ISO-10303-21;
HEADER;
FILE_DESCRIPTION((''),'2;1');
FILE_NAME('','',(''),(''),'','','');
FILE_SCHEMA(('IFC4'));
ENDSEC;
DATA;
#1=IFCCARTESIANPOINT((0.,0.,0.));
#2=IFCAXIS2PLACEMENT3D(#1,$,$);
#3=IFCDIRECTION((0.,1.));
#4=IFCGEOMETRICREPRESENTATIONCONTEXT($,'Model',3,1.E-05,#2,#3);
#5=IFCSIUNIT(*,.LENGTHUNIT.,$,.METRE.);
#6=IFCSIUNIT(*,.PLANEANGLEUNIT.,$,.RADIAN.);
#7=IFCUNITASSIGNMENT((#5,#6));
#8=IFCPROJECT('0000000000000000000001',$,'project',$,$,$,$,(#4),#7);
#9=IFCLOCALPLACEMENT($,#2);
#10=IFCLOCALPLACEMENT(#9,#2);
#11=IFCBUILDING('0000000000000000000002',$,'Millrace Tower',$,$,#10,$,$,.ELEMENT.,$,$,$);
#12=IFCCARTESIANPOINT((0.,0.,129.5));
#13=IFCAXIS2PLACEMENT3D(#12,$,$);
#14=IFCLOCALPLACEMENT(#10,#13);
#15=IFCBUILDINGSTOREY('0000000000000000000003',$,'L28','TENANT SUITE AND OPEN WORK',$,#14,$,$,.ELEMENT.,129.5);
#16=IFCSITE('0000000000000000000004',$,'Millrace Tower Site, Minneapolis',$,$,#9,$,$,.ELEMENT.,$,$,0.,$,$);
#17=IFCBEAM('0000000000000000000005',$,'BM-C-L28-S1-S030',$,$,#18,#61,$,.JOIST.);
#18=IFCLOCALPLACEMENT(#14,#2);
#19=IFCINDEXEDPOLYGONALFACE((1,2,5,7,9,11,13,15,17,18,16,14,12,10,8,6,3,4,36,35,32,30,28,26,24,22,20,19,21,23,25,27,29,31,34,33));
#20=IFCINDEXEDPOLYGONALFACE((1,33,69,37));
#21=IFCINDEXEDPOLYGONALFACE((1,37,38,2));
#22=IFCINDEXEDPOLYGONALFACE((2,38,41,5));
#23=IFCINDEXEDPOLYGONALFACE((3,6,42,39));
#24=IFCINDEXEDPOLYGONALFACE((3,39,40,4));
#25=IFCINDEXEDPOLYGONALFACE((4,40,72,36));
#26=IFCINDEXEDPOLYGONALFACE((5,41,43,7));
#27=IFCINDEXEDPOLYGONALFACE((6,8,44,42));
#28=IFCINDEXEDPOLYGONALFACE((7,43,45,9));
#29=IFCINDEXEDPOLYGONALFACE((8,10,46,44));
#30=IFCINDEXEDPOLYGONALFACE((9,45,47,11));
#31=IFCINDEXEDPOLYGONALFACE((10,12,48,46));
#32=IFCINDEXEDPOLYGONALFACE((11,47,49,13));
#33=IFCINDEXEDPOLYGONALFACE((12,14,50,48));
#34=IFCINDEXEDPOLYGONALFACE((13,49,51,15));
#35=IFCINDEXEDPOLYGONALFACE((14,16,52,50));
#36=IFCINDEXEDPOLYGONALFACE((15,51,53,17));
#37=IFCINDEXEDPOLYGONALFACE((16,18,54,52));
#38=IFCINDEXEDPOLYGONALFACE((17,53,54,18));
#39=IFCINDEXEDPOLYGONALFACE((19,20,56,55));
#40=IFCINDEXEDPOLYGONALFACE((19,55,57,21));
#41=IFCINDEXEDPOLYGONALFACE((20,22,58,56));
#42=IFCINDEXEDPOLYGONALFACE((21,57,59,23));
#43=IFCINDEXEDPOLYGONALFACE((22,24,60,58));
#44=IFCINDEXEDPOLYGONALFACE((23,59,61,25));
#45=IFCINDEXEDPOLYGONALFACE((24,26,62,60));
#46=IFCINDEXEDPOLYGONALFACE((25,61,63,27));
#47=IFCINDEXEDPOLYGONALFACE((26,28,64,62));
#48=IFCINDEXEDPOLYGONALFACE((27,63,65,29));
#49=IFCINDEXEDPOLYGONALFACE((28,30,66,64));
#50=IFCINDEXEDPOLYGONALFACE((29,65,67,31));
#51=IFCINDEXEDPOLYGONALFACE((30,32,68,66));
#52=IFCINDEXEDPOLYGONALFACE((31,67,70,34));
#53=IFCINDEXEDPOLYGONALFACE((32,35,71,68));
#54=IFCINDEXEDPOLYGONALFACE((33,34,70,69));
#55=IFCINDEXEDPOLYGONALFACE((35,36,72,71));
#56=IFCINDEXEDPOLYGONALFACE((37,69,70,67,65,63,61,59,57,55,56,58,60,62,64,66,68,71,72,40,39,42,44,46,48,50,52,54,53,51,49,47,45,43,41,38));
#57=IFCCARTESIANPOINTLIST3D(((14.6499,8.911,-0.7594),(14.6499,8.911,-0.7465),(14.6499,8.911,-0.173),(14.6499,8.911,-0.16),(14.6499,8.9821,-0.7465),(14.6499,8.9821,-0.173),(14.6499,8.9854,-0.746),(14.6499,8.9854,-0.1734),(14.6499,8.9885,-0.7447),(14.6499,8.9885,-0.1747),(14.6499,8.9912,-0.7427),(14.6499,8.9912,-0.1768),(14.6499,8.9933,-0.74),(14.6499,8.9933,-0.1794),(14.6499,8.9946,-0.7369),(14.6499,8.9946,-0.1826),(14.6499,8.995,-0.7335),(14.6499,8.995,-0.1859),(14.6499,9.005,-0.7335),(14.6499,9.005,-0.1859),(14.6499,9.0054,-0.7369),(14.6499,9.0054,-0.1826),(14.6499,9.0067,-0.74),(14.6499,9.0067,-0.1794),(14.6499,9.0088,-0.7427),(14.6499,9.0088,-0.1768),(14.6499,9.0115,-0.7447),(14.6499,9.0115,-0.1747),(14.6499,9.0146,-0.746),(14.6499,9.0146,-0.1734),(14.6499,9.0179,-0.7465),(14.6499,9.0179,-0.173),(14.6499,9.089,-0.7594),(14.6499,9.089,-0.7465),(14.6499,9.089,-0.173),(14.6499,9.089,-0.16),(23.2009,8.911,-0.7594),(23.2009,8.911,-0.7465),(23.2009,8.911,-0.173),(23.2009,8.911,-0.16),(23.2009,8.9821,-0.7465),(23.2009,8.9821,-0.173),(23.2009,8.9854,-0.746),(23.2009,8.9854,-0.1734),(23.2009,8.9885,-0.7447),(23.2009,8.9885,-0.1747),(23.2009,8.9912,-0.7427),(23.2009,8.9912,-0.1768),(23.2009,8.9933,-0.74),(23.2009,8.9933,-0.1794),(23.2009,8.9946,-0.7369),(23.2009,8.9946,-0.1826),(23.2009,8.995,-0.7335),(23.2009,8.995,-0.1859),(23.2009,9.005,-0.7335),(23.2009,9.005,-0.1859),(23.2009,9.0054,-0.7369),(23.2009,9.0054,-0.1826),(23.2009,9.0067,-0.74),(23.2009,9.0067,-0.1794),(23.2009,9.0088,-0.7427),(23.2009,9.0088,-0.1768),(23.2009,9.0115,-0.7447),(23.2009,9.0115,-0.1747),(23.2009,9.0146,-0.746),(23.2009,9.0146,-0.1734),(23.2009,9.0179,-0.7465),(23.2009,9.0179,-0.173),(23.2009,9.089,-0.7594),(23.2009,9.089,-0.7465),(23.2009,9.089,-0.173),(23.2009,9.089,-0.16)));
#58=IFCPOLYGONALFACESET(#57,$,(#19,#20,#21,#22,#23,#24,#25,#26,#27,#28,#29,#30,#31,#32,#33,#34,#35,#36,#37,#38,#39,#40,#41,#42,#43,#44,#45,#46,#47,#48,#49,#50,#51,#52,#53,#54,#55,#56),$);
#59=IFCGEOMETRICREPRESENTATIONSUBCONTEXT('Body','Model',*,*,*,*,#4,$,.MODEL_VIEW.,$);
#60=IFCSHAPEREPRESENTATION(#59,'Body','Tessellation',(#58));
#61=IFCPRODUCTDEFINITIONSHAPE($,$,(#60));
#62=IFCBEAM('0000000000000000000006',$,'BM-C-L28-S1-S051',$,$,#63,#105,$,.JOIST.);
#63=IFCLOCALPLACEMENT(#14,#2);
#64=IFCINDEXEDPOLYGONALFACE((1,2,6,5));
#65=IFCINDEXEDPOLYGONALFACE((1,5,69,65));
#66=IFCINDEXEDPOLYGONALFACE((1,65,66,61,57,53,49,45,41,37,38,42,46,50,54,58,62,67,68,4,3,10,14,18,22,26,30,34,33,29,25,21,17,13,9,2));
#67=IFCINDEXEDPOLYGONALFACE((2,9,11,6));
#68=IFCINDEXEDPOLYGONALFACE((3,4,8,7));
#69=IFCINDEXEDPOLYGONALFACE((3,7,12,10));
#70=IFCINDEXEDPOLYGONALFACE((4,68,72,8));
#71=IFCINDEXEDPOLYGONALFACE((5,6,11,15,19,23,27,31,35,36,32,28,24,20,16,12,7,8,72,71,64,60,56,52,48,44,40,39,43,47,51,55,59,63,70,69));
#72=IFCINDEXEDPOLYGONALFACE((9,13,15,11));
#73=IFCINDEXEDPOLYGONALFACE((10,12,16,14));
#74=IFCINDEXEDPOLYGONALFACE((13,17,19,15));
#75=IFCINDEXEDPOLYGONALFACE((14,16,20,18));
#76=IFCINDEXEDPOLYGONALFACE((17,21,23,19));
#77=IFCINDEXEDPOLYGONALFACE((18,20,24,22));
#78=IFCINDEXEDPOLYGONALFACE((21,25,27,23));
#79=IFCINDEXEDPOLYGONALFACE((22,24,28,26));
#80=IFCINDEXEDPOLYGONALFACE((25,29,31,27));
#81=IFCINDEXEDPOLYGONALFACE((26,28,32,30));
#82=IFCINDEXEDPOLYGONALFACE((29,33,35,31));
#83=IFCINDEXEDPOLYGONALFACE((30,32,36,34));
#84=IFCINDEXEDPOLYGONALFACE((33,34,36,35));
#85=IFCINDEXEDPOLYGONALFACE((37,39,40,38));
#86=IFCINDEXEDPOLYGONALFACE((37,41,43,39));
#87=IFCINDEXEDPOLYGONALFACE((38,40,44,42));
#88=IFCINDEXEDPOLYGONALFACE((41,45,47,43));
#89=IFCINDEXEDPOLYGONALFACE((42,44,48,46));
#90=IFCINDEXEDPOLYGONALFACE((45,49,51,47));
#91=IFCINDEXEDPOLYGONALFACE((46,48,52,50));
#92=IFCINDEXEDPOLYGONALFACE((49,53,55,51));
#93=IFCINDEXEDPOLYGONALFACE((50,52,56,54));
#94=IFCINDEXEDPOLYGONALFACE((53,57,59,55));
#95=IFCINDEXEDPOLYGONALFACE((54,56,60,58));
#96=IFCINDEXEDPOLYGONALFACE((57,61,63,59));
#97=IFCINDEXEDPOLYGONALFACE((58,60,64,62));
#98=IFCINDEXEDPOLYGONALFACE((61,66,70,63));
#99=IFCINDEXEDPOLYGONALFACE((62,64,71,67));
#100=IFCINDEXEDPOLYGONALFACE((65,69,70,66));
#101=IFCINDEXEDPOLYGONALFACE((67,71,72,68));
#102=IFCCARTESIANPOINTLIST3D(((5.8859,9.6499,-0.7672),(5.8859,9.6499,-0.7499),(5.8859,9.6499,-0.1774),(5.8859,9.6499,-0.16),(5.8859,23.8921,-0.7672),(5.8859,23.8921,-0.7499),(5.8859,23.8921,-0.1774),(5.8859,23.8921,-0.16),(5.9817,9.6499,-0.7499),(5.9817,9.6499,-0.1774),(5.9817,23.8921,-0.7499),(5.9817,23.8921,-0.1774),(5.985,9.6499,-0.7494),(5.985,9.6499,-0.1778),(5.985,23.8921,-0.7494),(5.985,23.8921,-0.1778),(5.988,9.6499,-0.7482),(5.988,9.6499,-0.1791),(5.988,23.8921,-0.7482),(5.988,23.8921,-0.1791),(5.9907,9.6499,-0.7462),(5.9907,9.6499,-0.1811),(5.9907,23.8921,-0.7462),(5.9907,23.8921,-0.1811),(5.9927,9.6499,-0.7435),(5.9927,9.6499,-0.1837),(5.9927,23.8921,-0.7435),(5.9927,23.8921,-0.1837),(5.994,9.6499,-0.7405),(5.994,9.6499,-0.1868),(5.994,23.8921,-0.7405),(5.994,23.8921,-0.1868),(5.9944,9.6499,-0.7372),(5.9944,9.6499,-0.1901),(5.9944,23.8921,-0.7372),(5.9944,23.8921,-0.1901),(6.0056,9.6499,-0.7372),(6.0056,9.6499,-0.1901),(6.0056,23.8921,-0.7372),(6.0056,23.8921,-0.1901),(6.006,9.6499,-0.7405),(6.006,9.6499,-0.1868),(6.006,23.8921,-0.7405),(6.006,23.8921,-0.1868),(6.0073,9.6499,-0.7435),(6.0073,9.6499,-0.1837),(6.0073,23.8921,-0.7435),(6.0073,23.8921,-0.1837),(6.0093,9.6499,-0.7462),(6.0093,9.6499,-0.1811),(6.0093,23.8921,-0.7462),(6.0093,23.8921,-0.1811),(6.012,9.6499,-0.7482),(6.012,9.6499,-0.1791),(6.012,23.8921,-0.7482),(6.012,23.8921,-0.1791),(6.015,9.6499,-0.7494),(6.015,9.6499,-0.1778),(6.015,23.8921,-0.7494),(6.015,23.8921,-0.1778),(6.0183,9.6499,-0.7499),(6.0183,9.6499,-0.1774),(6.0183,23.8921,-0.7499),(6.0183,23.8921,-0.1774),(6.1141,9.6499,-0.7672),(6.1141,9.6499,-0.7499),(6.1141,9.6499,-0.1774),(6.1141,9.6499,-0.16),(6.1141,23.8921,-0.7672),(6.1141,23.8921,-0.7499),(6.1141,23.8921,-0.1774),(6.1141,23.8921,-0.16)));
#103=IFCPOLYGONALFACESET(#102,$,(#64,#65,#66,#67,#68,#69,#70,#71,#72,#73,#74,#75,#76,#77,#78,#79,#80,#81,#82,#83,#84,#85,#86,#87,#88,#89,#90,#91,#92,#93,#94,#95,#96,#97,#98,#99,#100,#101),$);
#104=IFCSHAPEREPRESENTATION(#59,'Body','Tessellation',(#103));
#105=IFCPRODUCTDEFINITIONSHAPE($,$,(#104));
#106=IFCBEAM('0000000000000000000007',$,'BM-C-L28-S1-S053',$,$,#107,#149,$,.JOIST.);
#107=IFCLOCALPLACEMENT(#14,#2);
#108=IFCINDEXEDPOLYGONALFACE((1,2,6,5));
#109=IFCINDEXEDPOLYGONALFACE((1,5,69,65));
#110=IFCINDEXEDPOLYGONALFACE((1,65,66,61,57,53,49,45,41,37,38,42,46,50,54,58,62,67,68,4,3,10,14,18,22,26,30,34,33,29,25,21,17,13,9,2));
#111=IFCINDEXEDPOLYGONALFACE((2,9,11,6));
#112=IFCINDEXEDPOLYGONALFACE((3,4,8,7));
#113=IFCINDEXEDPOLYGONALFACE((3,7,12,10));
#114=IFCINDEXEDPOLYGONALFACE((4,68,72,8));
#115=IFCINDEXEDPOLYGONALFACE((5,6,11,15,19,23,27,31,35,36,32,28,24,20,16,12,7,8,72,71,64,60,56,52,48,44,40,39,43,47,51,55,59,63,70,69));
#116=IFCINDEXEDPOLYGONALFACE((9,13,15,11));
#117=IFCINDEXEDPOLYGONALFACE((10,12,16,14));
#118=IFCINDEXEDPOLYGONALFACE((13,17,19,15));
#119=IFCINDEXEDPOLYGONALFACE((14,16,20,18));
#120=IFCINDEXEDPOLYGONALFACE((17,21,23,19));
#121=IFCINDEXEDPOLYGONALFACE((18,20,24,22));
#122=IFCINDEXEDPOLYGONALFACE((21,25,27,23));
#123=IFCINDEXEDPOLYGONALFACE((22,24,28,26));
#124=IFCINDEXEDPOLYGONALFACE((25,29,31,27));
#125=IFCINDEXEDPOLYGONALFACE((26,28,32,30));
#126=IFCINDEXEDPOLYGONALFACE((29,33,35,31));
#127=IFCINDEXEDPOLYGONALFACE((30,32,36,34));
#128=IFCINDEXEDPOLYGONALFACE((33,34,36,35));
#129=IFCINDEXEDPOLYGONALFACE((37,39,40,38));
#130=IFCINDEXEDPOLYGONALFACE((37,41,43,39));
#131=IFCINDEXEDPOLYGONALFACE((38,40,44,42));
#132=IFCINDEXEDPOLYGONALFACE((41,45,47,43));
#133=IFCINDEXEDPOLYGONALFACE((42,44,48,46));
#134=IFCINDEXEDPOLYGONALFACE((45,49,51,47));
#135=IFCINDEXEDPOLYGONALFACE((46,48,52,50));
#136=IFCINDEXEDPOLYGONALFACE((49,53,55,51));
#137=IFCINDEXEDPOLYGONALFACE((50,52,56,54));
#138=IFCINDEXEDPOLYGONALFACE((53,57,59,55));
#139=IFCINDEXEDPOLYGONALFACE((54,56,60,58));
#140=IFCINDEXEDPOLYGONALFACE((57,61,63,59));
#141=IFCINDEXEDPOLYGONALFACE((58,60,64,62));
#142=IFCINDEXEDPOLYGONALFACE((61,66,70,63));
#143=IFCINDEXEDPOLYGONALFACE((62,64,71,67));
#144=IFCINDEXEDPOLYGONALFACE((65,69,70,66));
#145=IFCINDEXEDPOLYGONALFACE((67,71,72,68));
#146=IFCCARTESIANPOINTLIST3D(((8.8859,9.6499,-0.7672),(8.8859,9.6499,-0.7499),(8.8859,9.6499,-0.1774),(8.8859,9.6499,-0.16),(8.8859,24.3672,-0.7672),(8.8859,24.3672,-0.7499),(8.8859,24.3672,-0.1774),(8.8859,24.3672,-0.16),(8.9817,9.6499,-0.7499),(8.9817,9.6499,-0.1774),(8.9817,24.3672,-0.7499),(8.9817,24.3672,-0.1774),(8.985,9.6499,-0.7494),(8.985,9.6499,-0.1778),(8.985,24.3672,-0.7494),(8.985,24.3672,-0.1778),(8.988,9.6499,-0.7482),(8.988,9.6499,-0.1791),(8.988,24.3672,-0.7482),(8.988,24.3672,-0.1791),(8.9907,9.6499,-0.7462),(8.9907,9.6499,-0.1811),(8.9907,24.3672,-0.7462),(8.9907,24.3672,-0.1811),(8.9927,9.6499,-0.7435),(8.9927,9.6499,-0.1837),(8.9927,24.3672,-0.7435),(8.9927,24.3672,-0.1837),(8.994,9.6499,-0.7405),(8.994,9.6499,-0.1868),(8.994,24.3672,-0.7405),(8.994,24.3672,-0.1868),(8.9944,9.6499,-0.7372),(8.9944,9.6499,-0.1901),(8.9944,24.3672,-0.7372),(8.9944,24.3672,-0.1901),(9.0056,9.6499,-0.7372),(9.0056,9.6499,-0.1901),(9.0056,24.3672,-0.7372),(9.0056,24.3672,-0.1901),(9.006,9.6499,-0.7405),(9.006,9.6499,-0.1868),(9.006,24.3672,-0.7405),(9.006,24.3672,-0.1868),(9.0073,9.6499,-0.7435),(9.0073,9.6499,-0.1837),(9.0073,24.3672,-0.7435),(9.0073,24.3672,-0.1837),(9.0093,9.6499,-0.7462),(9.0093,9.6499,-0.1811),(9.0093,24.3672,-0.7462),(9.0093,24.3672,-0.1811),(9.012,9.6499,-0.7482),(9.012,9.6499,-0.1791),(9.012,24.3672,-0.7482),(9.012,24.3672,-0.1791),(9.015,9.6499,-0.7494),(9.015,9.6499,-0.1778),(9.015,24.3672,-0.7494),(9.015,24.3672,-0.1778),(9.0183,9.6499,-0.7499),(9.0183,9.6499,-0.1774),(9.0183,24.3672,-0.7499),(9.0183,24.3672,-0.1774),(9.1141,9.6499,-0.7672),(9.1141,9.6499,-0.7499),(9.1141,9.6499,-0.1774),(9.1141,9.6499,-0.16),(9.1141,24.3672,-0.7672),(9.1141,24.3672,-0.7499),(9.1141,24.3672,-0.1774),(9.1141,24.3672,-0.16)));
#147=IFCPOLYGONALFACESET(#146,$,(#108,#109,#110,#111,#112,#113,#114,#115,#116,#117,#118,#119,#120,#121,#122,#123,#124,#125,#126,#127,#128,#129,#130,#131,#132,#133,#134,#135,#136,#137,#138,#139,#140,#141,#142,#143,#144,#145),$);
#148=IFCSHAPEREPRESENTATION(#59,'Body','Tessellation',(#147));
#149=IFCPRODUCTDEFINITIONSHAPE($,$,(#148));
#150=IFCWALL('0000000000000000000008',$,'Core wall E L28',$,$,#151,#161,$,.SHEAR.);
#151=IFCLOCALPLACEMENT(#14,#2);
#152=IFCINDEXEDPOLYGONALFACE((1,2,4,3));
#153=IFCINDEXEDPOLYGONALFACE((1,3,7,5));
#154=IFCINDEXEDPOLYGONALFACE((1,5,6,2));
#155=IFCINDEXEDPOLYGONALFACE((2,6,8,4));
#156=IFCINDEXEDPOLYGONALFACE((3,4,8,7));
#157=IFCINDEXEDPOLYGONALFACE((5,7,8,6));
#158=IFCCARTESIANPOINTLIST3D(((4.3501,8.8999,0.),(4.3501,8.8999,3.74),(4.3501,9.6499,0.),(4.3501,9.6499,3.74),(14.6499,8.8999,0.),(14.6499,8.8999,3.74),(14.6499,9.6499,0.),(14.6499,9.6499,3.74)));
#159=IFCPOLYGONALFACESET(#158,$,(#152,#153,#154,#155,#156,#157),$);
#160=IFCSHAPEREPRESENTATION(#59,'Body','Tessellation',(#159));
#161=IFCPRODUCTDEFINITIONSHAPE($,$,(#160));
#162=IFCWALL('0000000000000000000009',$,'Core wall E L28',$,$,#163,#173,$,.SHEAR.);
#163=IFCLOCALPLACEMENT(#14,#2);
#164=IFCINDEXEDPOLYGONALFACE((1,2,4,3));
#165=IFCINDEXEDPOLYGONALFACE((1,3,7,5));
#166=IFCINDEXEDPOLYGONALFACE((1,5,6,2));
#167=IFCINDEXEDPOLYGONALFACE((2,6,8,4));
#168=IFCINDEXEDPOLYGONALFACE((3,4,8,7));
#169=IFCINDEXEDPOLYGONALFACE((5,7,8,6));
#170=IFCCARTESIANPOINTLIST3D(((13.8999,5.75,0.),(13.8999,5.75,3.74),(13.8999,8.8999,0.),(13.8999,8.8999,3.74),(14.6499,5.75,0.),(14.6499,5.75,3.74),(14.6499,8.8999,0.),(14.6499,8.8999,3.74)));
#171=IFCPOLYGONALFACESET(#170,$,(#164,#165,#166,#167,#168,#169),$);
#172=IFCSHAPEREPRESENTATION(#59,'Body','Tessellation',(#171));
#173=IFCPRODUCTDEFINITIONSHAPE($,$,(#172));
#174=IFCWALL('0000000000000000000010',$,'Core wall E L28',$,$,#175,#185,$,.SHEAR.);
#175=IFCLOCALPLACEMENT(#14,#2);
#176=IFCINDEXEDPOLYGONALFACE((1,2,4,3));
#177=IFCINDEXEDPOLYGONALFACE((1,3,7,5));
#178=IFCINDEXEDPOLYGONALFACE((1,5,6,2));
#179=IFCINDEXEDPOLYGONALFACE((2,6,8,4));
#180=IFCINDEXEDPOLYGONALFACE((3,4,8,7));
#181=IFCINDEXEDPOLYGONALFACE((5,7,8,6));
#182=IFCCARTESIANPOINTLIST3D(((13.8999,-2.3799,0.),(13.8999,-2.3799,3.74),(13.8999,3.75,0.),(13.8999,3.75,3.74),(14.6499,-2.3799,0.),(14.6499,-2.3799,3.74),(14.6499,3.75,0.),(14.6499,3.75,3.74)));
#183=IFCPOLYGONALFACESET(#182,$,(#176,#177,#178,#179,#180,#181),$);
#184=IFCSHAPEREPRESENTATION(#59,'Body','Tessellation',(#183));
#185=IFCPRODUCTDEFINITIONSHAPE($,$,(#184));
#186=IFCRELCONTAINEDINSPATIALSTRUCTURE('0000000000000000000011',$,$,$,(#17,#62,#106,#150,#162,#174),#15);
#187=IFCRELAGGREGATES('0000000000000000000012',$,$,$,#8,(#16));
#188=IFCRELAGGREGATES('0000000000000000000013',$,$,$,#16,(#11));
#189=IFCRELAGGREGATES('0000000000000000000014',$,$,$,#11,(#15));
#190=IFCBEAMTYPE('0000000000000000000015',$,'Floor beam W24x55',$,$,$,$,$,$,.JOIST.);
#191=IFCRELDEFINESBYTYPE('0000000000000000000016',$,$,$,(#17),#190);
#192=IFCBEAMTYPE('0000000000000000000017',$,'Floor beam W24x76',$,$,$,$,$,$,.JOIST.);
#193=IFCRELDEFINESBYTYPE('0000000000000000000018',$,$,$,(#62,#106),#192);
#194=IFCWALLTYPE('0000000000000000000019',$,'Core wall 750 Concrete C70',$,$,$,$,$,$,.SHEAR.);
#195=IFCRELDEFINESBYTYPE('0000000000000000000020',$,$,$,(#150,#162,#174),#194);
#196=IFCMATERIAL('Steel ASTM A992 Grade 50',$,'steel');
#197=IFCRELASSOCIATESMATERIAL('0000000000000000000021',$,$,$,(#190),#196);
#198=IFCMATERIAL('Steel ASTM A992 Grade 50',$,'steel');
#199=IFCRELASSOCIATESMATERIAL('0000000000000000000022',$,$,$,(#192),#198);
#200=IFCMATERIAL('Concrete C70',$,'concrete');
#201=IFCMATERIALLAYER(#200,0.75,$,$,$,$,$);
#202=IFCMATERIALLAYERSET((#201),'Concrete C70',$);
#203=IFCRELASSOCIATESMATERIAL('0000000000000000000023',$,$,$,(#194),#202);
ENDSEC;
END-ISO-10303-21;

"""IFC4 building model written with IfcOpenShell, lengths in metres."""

from ifc_helpers import new_model, si_unit, direction, frame, frame_2d, origin, origin_2d, place, context, subcontext, project, spatial, rectangle, i_section, extrude, material, layer, layer_set, material_profile, profile_set, type_object, element, save


model = new_model("IFC4")

# Units and contexts
model_context = context("Model", 3, precision=1e-05, world=origin(), true_north=direction((0.0, 1.0)))
body_context = subcontext(model_context, "Body", "Model", "MODEL_VIEW")
ifc_project = project(units=[si_unit("LENGTHUNIT", "METRE"), si_unit("PLANEANGLEUNIT", "RADIAN")], contexts=[model_context])

# Site, building, storey
site_placement = place(None, origin())
site = spatial("IfcSite", under=ifc_project, at=site_placement, Name="Millrace Tower Site, Minneapolis", CompositionType="ELEMENT", RefElevation=0.0)
building_placement = place(site_placement, origin())
building = spatial("IfcBuilding", under=site, at=building_placement, Name="Millrace Tower", CompositionType="ELEMENT")
storey_placement = place(building_placement, frame((0.0, 0.0, 129.5)))
storey = spatial("IfcBuildingStorey", under=building, at=storey_placement, Name="L28", Description="TENANT SUITE AND OPEN WORK", CompositionType="ELEMENT", Elevation=129.5)

# Beams
ifc_material_1 = material(Name="Steel ASTM A992 Grade 50", Category="steel")
ifc_material_profile_1 = material_profile(ifc_material_1, i_section(OverallWidth=0.178, OverallDepth=0.5994, WebThickness=0.01, FlangeThickness=0.0129, FilletRadius=0.0129, at=origin_2d()))
ifc_profile_set_1 = profile_set([ifc_material_profile_1], Name="Steel ASTM A992 Grade 50")
beam_type_1 = type_object("IfcBeamType", Name="Floor beam W24x55", PredefinedType="JOIST", material=ifc_profile_set_1)
beam_1_placement = place(storey_placement, frame((14.6499, 9.0, -0.4597), z_axis=(1.0, 0.0, 0.0), x_axis=(0.0, 1.0, 0.0)))
element("IfcBeam", 1, at=beam_1_placement, inside=storey, type_object=beam_type_1, Name="BM-C-L28-S1-S030", PredefinedType="JOIST", context=body_context, shape_type="SweptSolid", body=[
    extrude(i_section(OverallWidth=0.178, OverallDepth=0.5994, WebThickness=0.01, FlangeThickness=0.0129, FilletRadius=0.0129, at=origin_2d()), origin(), (0.0, 0.0, 1.0), 8.551),
])
ifc_material_2 = material(Name="Steel ASTM A992 Grade 50", Category="steel")
ifc_material_profile_2 = material_profile(ifc_material_2, i_section(OverallWidth=0.2283, OverallDepth=0.6072, WebThickness=0.0112, FlangeThickness=0.0173, FilletRadius=0.0127, at=origin_2d()))
ifc_profile_set_2 = profile_set([ifc_material_profile_2], Name="Steel ASTM A992 Grade 50")
beam_type_2 = type_object("IfcBeamType", Name="Floor beam W24x76", PredefinedType="JOIST", material=ifc_profile_set_2)
beam_2_placement = place(storey_placement, frame((6.0, 9.6499, -0.4636), z_axis=(0.0, 1.0, 0.0), x_axis=(-1.0, 0.0, 0.0)))
element("IfcBeam", 2, at=beam_2_placement, inside=storey, type_object=beam_type_2, Name="BM-C-L28-S1-S051", PredefinedType="JOIST", context=body_context, shape_type="SweptSolid", body=[
    extrude(i_section(OverallWidth=0.2283, OverallDepth=0.6072, WebThickness=0.0112, FlangeThickness=0.0173, FilletRadius=0.0127, at=origin_2d()), origin(), (0.0, 0.0, 1.0), 14.2422),
])
beam_3_placement = place(storey_placement, frame((9.0, 9.6499, -0.4636), z_axis=(0.0, 1.0, 0.0), x_axis=(-1.0, 0.0, 0.0)))
element("IfcBeam", 3, at=beam_3_placement, inside=storey, type_object=beam_type_2, Name="BM-C-L28-S1-S053", PredefinedType="JOIST", context=body_context, shape_type="SweptSolid", body=[
    extrude(i_section(OverallWidth=0.2283, OverallDepth=0.6072, WebThickness=0.0112, FlangeThickness=0.0173, FilletRadius=0.0127, at=origin_2d()), origin(), (0.0, 0.0, 1.0), 14.7173),
])

# Walls
ifc_material_3 = material(Name="Concrete C70", Category="concrete")
ifc_layer_1 = layer(ifc_material_3, 0.75)
ifc_layer_set_1 = layer_set([ifc_layer_1], Name="Concrete C70")
wall_type_1 = type_object("IfcWallType", Name="Core wall 750 Concrete C70", PredefinedType="SHEAR", material=ifc_layer_set_1)
wall_1_placement = place(storey_placement, frame((14.6499, 9.2749, 0.0), z_axis=(0.0, 0.0, 1.0), x_axis=(-1.0, 0.0, 0.0)))
element("IfcWall", 4, at=wall_1_placement, inside=storey, type_object=wall_type_1, Name="Core wall E L28", PredefinedType="SHEAR", context=body_context, shape_type="SweptSolid", body=[
    extrude(rectangle(XDim=10.2998, YDim=0.75, at=frame_2d((5.1499, 0.0))), origin(), (0.0, 0.0, 1.0), 3.74),
])
wall_2_placement = place(storey_placement, frame((14.2749, 8.8999, 0.0), z_axis=(0.0, 0.0, 1.0), x_axis=(0.0, -1.0, 0.0)))
element("IfcWall", 5, at=wall_2_placement, inside=storey, type_object=wall_type_1, Name="Core wall E L28", PredefinedType="SHEAR", context=body_context, shape_type="SweptSolid", body=[
    extrude(rectangle(XDim=3.1499, YDim=0.75, at=frame_2d((1.575, 0.0))), origin(), (0.0, 0.0, 1.0), 3.74),
])
wall_3_placement = place(storey_placement, frame((14.2749, 3.75, 0.0), z_axis=(0.0, 0.0, 1.0), x_axis=(0.0, -1.0, 0.0)))
element("IfcWall", 6, at=wall_3_placement, inside=storey, type_object=wall_type_1, Name="Core wall E L28", PredefinedType="SHEAR", context=body_context, shape_type="SweptSolid", body=[
    extrude(rectangle(XDim=6.1299, YDim=0.75, at=frame_2d((3.0649, 0.0))), origin(), (0.0, 0.0, 1.0), 3.74),
])

save(model, "model.ifc")
